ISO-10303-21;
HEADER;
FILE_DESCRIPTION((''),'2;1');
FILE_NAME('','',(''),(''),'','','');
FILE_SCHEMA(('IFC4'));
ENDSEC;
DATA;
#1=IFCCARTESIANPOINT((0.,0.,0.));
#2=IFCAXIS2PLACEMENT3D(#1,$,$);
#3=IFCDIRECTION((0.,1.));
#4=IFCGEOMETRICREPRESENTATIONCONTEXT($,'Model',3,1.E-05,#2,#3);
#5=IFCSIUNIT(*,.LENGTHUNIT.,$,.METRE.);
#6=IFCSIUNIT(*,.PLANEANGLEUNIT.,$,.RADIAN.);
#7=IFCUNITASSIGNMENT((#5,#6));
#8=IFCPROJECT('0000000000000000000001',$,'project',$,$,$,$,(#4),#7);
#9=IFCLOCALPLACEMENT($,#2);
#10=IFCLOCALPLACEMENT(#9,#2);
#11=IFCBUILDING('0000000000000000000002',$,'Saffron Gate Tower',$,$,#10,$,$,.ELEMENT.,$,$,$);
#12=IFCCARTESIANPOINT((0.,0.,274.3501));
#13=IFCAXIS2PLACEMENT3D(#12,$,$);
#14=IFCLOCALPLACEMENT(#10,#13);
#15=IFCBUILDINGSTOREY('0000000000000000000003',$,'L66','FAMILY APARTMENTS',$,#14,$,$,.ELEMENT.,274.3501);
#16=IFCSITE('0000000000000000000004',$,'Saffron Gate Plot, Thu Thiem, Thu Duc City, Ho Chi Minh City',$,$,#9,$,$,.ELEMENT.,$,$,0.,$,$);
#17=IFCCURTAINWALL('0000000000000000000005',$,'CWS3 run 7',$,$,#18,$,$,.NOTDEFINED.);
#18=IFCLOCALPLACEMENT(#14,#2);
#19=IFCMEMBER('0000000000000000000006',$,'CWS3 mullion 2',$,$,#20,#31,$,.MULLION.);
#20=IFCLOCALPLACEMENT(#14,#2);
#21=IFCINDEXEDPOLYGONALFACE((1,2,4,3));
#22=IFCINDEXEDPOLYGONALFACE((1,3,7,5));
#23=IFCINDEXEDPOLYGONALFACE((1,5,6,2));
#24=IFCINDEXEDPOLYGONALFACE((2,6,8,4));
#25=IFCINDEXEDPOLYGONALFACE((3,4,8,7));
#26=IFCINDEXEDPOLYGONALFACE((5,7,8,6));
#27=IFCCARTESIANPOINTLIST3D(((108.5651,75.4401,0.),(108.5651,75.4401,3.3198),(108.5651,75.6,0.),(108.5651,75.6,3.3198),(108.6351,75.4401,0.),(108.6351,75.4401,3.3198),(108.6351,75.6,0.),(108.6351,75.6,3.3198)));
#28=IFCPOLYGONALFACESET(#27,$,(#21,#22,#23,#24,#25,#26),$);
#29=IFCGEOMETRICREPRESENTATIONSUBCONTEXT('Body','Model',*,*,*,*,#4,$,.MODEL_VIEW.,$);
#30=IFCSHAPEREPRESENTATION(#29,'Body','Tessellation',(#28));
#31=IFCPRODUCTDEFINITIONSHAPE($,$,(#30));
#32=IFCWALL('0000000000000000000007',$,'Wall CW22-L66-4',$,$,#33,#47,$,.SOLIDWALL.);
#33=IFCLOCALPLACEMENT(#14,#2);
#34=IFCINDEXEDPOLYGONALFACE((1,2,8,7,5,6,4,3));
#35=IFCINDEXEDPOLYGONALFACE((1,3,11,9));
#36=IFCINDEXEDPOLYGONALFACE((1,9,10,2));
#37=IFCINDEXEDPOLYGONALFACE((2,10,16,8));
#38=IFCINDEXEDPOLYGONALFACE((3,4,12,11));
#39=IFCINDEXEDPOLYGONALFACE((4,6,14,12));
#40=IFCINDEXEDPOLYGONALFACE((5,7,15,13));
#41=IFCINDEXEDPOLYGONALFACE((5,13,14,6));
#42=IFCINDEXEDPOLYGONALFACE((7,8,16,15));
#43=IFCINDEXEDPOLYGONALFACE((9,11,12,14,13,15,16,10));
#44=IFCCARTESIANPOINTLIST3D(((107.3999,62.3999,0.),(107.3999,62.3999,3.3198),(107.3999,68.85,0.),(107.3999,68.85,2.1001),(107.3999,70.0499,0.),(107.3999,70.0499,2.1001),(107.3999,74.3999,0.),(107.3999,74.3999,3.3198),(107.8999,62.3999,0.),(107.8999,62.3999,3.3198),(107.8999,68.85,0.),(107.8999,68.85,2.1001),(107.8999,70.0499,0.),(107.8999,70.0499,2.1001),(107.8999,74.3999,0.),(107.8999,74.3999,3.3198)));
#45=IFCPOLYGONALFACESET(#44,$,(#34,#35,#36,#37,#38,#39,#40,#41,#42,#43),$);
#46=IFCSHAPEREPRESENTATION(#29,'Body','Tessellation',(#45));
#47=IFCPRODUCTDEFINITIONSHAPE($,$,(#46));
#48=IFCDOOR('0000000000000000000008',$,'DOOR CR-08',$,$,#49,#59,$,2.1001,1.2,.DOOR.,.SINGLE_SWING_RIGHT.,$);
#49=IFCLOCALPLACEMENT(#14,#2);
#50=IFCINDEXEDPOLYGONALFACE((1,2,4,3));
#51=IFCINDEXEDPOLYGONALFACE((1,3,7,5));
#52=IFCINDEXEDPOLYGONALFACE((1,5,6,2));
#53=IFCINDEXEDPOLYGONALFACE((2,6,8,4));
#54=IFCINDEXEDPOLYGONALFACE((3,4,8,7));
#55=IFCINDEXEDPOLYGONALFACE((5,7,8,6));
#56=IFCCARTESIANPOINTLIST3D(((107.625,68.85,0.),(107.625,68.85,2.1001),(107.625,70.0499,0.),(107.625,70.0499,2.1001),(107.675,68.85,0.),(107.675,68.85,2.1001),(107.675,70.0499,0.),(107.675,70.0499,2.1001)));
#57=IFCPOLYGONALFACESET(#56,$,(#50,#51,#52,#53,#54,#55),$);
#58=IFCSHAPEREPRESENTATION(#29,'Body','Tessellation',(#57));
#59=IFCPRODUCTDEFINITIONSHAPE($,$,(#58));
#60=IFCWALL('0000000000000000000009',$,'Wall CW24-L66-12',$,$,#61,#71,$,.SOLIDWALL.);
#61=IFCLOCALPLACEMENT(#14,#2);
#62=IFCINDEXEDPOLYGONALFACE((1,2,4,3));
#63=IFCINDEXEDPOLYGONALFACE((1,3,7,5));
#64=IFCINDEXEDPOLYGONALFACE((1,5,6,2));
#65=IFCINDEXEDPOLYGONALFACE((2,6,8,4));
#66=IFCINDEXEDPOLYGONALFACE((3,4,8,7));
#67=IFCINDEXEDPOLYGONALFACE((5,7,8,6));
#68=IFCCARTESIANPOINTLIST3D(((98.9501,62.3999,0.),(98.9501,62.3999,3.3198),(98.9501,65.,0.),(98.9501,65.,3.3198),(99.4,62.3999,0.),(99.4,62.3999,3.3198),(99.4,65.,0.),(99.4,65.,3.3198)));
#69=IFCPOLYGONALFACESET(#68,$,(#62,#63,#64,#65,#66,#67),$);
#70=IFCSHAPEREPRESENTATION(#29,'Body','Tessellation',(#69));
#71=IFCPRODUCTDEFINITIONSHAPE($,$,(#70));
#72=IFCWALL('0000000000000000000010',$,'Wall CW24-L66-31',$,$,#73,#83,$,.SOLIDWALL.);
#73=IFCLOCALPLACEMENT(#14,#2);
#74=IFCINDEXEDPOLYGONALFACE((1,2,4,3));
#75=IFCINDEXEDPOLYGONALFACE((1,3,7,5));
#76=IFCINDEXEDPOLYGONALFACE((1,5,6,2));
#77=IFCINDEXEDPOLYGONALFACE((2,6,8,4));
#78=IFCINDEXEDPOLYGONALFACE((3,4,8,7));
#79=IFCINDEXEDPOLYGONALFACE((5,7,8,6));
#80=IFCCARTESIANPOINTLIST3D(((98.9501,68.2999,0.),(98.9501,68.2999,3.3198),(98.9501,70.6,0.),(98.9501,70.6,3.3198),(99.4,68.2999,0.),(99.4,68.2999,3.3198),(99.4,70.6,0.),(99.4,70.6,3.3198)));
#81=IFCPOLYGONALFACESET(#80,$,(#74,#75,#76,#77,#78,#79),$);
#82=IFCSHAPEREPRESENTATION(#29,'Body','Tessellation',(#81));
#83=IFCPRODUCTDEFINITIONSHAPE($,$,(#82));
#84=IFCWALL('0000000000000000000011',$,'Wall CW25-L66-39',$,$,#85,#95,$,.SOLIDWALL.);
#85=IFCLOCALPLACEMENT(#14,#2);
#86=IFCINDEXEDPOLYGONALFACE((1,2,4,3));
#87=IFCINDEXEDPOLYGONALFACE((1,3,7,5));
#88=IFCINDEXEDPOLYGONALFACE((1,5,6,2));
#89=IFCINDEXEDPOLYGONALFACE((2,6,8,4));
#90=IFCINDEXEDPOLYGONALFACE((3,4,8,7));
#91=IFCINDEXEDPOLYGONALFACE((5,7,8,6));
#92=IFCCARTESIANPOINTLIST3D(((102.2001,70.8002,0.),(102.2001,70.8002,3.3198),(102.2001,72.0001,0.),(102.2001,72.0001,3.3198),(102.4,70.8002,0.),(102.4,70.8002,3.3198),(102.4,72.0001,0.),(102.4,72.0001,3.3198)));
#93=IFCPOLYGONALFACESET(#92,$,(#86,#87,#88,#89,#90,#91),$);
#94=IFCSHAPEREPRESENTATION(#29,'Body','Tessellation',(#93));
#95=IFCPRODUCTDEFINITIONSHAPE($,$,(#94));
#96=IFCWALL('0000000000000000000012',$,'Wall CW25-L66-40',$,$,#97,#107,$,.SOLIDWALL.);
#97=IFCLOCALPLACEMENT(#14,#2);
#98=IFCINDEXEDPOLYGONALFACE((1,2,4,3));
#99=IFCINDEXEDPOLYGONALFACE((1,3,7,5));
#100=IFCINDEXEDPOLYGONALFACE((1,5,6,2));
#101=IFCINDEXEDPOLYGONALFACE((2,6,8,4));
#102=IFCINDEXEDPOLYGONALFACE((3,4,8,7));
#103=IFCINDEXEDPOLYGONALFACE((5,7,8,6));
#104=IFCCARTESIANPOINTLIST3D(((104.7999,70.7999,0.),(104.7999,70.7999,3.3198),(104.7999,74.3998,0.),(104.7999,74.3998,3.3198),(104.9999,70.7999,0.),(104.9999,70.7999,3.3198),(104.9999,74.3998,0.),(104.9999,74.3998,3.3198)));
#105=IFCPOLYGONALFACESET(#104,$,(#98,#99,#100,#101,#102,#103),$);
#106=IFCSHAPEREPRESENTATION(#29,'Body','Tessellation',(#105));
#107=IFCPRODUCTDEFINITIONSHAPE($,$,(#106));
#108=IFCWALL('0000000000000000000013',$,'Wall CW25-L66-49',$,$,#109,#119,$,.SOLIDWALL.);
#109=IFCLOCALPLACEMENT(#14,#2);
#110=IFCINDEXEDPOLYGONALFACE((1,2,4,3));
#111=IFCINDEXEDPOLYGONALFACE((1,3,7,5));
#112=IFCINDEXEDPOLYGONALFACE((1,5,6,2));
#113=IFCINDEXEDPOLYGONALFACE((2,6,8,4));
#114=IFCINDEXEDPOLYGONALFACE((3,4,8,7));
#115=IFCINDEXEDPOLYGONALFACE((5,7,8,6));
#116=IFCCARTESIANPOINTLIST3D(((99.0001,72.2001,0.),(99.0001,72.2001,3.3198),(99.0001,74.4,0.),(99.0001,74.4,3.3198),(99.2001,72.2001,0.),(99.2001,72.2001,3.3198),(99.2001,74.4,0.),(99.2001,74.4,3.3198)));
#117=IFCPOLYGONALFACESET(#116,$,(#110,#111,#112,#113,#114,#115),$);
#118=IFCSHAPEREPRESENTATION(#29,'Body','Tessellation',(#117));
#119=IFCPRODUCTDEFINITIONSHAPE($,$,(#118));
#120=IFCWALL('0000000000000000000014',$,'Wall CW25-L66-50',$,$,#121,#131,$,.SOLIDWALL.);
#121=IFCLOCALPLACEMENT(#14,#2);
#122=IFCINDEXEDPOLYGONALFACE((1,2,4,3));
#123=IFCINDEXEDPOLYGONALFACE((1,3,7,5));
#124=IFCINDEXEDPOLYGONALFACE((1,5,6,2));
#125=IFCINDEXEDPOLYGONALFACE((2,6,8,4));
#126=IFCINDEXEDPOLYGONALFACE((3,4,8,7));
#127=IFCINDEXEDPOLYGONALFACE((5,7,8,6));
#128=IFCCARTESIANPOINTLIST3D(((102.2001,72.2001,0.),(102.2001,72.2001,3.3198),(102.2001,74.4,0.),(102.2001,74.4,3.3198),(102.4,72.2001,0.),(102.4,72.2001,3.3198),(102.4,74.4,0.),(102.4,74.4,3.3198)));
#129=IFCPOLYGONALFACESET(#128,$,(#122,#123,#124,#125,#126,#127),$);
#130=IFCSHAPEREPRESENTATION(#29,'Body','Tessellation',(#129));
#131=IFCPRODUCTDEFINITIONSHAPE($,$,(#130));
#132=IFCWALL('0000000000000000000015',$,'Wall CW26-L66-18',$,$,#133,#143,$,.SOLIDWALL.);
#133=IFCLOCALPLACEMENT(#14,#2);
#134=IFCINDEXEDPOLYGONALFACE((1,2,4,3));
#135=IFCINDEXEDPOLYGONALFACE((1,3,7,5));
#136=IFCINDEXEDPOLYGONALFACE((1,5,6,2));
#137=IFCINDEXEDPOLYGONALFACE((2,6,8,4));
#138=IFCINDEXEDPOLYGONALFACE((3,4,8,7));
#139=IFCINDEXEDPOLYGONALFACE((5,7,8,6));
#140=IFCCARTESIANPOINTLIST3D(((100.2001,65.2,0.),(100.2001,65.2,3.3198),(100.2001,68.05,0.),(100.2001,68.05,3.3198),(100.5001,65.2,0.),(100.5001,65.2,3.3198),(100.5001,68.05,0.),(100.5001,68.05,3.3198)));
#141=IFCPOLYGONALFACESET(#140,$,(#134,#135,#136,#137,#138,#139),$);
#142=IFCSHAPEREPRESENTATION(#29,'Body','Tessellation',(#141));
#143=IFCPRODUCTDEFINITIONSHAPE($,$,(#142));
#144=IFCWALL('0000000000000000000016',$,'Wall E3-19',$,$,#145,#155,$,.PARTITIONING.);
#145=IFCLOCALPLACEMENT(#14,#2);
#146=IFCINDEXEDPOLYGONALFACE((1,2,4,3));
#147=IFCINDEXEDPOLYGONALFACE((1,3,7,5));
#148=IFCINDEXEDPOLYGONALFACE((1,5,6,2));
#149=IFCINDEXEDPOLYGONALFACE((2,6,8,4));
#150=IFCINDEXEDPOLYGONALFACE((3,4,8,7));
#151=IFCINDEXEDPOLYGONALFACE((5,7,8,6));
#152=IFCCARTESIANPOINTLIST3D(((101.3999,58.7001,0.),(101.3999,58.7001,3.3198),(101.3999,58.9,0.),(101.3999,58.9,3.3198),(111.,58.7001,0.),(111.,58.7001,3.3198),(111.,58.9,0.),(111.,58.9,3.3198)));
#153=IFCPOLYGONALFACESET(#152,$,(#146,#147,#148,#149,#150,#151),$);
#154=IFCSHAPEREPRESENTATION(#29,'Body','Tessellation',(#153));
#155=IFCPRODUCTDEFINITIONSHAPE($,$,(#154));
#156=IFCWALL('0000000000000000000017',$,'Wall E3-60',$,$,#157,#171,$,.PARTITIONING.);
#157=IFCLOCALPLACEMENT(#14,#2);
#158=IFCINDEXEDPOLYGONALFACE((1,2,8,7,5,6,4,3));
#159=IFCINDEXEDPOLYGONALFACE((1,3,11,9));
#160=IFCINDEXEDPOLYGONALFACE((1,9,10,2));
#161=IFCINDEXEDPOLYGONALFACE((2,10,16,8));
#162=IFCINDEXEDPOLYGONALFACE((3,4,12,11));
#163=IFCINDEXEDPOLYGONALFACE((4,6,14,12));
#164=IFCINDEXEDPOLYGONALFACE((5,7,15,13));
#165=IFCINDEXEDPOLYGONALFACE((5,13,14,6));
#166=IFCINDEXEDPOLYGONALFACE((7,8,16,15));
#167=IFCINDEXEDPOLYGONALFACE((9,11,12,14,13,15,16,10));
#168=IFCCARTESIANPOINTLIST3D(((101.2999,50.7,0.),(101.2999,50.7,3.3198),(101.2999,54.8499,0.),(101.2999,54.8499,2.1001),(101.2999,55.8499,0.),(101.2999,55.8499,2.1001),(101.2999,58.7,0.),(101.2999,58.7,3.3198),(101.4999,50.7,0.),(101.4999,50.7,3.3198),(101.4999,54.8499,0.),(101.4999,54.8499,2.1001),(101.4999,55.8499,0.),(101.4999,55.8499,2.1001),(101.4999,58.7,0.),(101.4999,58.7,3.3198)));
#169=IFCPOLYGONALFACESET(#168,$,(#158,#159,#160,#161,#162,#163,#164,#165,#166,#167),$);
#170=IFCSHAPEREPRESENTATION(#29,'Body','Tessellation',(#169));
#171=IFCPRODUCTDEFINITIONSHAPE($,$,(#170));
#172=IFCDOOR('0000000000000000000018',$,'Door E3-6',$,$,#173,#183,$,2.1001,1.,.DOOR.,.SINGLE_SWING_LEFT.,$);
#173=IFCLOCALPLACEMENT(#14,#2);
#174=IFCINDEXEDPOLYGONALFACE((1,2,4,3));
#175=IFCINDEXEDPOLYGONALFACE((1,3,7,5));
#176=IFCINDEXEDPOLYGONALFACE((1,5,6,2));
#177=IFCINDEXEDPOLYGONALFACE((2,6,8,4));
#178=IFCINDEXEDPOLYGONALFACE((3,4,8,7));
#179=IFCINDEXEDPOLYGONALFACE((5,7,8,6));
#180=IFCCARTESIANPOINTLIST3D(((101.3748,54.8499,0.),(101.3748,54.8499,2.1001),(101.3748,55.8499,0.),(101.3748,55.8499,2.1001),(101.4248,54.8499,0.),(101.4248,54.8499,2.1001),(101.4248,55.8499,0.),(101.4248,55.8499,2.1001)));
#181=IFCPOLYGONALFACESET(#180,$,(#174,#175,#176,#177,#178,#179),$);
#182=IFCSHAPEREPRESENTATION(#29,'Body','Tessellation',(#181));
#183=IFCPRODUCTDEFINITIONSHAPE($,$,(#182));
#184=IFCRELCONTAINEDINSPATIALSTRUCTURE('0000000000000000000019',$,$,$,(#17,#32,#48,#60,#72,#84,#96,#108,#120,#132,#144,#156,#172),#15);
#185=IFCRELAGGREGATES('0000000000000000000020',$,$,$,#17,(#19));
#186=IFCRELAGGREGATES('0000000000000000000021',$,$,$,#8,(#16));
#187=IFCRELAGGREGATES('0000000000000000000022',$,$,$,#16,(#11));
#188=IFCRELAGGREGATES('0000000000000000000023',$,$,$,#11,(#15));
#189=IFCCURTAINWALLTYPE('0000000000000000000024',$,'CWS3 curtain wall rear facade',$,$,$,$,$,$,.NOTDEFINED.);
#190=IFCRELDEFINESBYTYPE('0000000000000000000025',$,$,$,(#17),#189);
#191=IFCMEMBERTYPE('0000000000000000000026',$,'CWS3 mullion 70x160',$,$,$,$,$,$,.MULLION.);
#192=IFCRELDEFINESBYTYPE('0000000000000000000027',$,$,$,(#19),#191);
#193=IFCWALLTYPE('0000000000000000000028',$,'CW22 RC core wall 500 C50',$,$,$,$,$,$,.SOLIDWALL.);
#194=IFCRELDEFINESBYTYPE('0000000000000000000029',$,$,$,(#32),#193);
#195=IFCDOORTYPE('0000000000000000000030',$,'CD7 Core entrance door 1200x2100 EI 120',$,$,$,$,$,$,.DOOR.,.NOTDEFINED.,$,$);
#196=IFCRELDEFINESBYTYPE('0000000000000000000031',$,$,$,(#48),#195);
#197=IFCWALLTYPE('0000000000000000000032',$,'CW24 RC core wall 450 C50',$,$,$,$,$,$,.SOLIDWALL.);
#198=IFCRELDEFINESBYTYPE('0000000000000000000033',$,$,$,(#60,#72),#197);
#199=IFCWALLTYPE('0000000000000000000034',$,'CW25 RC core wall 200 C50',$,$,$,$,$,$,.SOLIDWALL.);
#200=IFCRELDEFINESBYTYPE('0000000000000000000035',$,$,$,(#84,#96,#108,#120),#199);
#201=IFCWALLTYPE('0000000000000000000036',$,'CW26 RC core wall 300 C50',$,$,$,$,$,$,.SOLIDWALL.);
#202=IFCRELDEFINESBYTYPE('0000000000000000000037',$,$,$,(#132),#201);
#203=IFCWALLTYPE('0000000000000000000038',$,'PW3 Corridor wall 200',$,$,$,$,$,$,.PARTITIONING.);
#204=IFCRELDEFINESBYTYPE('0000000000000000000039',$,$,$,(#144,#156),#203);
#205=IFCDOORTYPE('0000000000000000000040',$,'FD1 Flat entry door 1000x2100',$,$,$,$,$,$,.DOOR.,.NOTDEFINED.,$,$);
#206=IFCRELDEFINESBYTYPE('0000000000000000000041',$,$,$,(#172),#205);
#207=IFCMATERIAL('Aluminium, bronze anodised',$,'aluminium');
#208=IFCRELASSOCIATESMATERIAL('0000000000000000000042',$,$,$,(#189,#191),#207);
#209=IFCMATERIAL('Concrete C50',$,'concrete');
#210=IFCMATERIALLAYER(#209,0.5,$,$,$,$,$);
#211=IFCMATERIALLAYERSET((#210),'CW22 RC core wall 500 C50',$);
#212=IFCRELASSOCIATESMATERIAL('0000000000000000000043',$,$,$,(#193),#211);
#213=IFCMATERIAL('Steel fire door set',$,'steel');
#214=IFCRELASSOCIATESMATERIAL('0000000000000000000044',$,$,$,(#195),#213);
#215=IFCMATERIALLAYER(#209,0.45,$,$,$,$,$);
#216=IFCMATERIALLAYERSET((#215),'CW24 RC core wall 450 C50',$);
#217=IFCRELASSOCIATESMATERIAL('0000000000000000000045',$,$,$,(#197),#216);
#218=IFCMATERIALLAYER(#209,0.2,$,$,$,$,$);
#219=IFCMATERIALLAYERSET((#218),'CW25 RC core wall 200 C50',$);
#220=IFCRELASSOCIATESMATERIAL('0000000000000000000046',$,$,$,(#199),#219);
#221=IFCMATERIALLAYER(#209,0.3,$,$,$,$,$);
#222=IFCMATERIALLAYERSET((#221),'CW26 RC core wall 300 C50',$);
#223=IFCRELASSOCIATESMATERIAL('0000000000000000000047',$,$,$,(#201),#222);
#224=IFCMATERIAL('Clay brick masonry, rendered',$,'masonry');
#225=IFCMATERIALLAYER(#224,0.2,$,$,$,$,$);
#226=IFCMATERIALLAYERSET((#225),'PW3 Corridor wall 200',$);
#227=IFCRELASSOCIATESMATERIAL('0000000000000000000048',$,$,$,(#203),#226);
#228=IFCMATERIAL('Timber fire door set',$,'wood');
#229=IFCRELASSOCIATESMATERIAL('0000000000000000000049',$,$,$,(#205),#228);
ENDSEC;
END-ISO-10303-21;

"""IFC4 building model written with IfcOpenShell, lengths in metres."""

from ifc_helpers import new_model, si_unit, direction, frame, frame_2d, origin, origin_2d, place, context, subcontext, project, spatial, rectangle, extrude, material, layer, layer_set, material_profile, profile_set, type_object, element, fill, aggregate, save


model = new_model("IFC4")

# Units and contexts
model_context = context("Model", 3, precision=1e-05, world=origin(), true_north=direction((0.0, 1.0)))
body_context = subcontext(model_context, "Body", "Model", "MODEL_VIEW")
ifc_project = project(units=[si_unit("LENGTHUNIT", "METRE"), si_unit("PLANEANGLEUNIT", "RADIAN")], contexts=[model_context])

# Site, building, storey
site_placement = place(None, origin())
site = spatial("IfcSite", under=ifc_project, at=site_placement, Name="Saffron Gate Plot, Thu Thiem, Thu Duc City, Ho Chi Minh City", CompositionType="ELEMENT", RefElevation=0.0)
building_placement = place(site_placement, origin())
building = spatial("IfcBuilding", under=site, at=building_placement, Name="Saffron Gate Tower", CompositionType="ELEMENT")
storey_placement = place(building_placement, frame((0.0, 0.0, 274.3501)))
storey = spatial("IfcBuildingStorey", under=building, at=storey_placement, Name="L66", Description="FAMILY APARTMENTS", CompositionType="ELEMENT", Elevation=274.3501)

# Curtain wall, member
ifc_material_1 = material(Name="Aluminium, bronze anodised", Category="aluminium")
curtain_wall_type = type_object("IfcCurtainWallType", Name="CWS3 curtain wall rear facade", PredefinedType="NOTDEFINED", material=ifc_material_1)
curtain_wall_placement = place(storey_placement, origin())
curtain_wall = element("IfcCurtainWall", 1, at=curtain_wall_placement, inside=storey, type_object=curtain_wall_type, Name="CWS3 run 7", PredefinedType="NOTDEFINED")
ifc_material_profile = material_profile(ifc_material_1, rectangle(XDim=0.1599, YDim=0.0701, at=origin_2d()))
ifc_profile_set = profile_set([ifc_material_profile], Name="Aluminium, bronze anodised")
member_type = type_object("IfcMemberType", Name="CWS3 mullion 70x160", PredefinedType="MULLION", material=ifc_profile_set)
member_placement = place(storey_placement, frame((108.6001, 75.52, 0.0), z_axis=(0.0, 0.0, 1.0), x_axis=(0.0, -1.0, 0.0)))
member = element("IfcMember", 2, at=member_placement, type_object=member_type, Name="CWS3 mullion 2", PredefinedType="MULLION", context=body_context, shape_type="SweptSolid", body=[
    extrude(rectangle(XDim=0.1599, YDim=0.0701, at=origin_2d()), origin(), (0.0, 0.0, 1.0), 3.3198),
])
aggregate(curtain_wall, [member])

# Wall, opening, door
ifc_material_2 = material(Name="Concrete C50", Category="concrete")
ifc_layer_1 = layer(ifc_material_2, 0.5)
ifc_layer_set_1 = layer_set([ifc_layer_1], Name="CW22 RC core wall 500 C50")
wall_type_1 = type_object("IfcWallType", Name="CW22 RC core wall 500 C50", PredefinedType="SOLIDWALL", material=ifc_layer_set_1)
wall_1_placement = place(storey_placement, frame((107.6499, 62.3999, 0.0), z_axis=(0.0, 0.0, 1.0), x_axis=(0.0, 1.0, 0.0)))
wall_1 = element("IfcWall", 3, at=wall_1_placement, inside=storey, type_object=wall_type_1, Name="Wall CW22-L66-4", PredefinedType="SOLIDWALL", context=body_context, shape_type="SweptSolid", body=[
    extrude(rectangle(XDim=12.0, YDim=0.5, at=frame_2d((6.0, 0.0))), origin(), (0.0, 0.0, 1.0), 3.3198),
])
opening_1_placement = place(wall_1_placement, frame((6.45, 0.0, 0.0)))
opening_1 = element("IfcOpeningElement", 4, at=opening_1_placement, cuts=wall_1, PredefinedType="OPENING", context=body_context, shape_type="SweptSolid", body=[
    extrude(rectangle(XDim=1.2, YDim=2.1001, at=frame_2d((0.6001, 1.05))), frame((0.0, 0.26, 0.0), z_axis=(0.0, -1.0, 0.0), x_axis=(1.0, 0.0, 0.0)), (0.0, 0.0, 1.0), 0.52),
])
ifc_material_3 = material(Name="Steel fire door set", Category="steel")
door_type_1 = type_object("IfcDoorType", Name="CD7 Core entrance door 1200x2100 EI 120", OperationType="NOTDEFINED", PredefinedType="DOOR", material=ifc_material_3)
door_1_placement = place(opening_1_placement, origin())
door_1 = element("IfcDoor", 5, at=door_1_placement, inside=storey, type_object=door_type_1, Name="DOOR CR-08", OperationType="SINGLE_SWING_RIGHT", OverallHeight=2.1001, OverallWidth=1.2, PredefinedType="DOOR", context=body_context, shape_type="SweptSolid", body=[
    extrude(rectangle(XDim=1.2, YDim=2.1001, at=frame_2d((0.6001, 1.05))), frame((0.0, 0.0249, 0.0), z_axis=(0.0, -1.0, 0.0), x_axis=(1.0, 0.0, 0.0)), (0.0, 0.0, 1.0), 0.05),
])
fill(opening_1, door_1)

# Walls
ifc_layer_2 = layer(ifc_material_2, 0.45)
ifc_layer_set_2 = layer_set([ifc_layer_2], Name="CW24 RC core wall 450 C50")
wall_type_2 = type_object("IfcWallType", Name="CW24 RC core wall 450 C50", PredefinedType="SOLIDWALL", material=ifc_layer_set_2)
wall_2_placement = place(storey_placement, frame((99.175, 62.3999, 0.0), z_axis=(0.0, 0.0, 1.0), x_axis=(0.0, 1.0, 0.0)))
element("IfcWall", 6, at=wall_2_placement, inside=storey, type_object=wall_type_2, Name="Wall CW24-L66-12", PredefinedType="SOLIDWALL", context=body_context, shape_type="SweptSolid", body=[
    extrude(rectangle(XDim=2.6001, YDim=0.45, at=frame_2d((1.3, 0.0))), origin(), (0.0, 0.0, 1.0), 3.3198),
])
wall_3_placement = place(storey_placement, frame((99.175, 68.3, 0.0), z_axis=(0.0, 0.0, 1.0), x_axis=(0.0, 1.0, 0.0)))
element("IfcWall", 7, at=wall_3_placement, inside=storey, type_object=wall_type_2, Name="Wall CW24-L66-31", PredefinedType="SOLIDWALL", context=body_context, shape_type="SweptSolid", body=[
    extrude(rectangle(XDim=2.3, YDim=0.45, at=frame_2d((1.1499, 0.0))), origin(), (0.0, 0.0, 1.0), 3.3198),
])
ifc_layer_3 = layer(ifc_material_2, 0.2)
ifc_layer_set_3 = layer_set([ifc_layer_3], Name="CW25 RC core wall 200 C50")
wall_type_3 = type_object("IfcWallType", Name="CW25 RC core wall 200 C50", PredefinedType="SOLIDWALL", material=ifc_layer_set_3)
wall_4_placement = place(storey_placement, frame((102.3, 70.8, 0.0), z_axis=(0.0, 0.0, 1.0), x_axis=(0.0, 1.0, 0.0)))
element("IfcWall", 8, at=wall_4_placement, inside=storey, type_object=wall_type_3, Name="Wall CW25-L66-39", PredefinedType="SOLIDWALL", context=body_context, shape_type="SweptSolid", body=[
    extrude(rectangle(XDim=1.2, YDim=0.2, at=frame_2d((0.6001, 0.0))), origin(), (0.0, 0.0, 1.0), 3.3198),
])
wall_5_placement = place(storey_placement, frame((104.8999, 70.8, 0.0), z_axis=(0.0, 0.0, 1.0), x_axis=(0.0, 1.0, 0.0)))
element("IfcWall", 9, at=wall_5_placement, inside=storey, type_object=wall_type_3, Name="Wall CW25-L66-40", PredefinedType="SOLIDWALL", context=body_context, shape_type="SweptSolid", body=[
    extrude(rectangle(XDim=3.5999, YDim=0.2, at=frame_2d((1.7998, 0.0))), origin(), (0.0, 0.0, 1.0), 3.3198),
])
for number, where, z_axis, x_axis, name in (
    (10, (99.1001, 72.2, 0.0), (0.0, 0.0, 1.0), (0.0, 1.0, 0.0), "Wall CW25-L66-49"),
    (11, (102.3, 72.2, 0.0), (0.0, 0.0, 1.0), (0.0, 1.0, 0.0), "Wall CW25-L66-50"),
):
    element("IfcWall", number, at=place(storey_placement, frame(where, z_axis=z_axis, x_axis=x_axis)), inside=storey, type_object=wall_type_3, Name=name, PredefinedType="SOLIDWALL", context=body_context, shape_type="SweptSolid", body=[
        extrude(rectangle(XDim=2.2, YDim=0.2, at=frame_2d((1.1001, 0.0))), origin(), (0.0, 0.0, 1.0), 3.3198),
    ])
ifc_layer_4 = layer(ifc_material_2, 0.3)
ifc_layer_set_4 = layer_set([ifc_layer_4], Name="CW26 RC core wall 300 C50")
wall_type_4 = type_object("IfcWallType", Name="CW26 RC core wall 300 C50", PredefinedType="SOLIDWALL", material=ifc_layer_set_4)
wall_6_placement = place(storey_placement, frame((100.3501, 65.2, 0.0), z_axis=(0.0, 0.0, 1.0), x_axis=(0.0, 1.0, 0.0)))
element("IfcWall", 12, at=wall_6_placement, inside=storey, type_object=wall_type_4, Name="Wall CW26-L66-18", PredefinedType="SOLIDWALL", context=body_context, shape_type="SweptSolid", body=[
    extrude(rectangle(XDim=2.8501, YDim=0.3, at=frame_2d((1.425, 0.0))), origin(), (0.0, 0.0, 1.0), 3.3198),
])
ifc_material_4 = material(Name="Clay brick masonry, rendered", Category="masonry")
ifc_layer_5 = layer(ifc_material_4, 0.2)
ifc_layer_set_5 = layer_set([ifc_layer_5], Name="PW3 Corridor wall 200")
wall_type_5 = type_object("IfcWallType", Name="PW3 Corridor wall 200", PredefinedType="PARTITIONING", material=ifc_layer_set_5)
wall_7_placement = place(storey_placement, frame((101.3999, 58.8, 0.0), z_axis=(0.0, 0.0, 1.0), x_axis=(1.0, 0.0, 0.0)))
element("IfcWall", 13, at=wall_7_placement, inside=storey, type_object=wall_type_5, Name="Wall E3-19", PredefinedType="PARTITIONING", context=body_context, shape_type="SweptSolid", body=[
    extrude(rectangle(XDim=9.6001, YDim=0.2, at=frame_2d((4.8, 0.0))), origin(), (0.0, 0.0, 1.0), 3.3198),
])

# Wall, opening, door
wall_8_placement = place(storey_placement, frame((101.3999, 58.7, 0.0), z_axis=(0.0, 0.0, 1.0), x_axis=(0.0, -1.0, 0.0)))
wall_8 = element("IfcWall", 14, at=wall_8_placement, inside=storey, type_object=wall_type_5, Name="Wall E3-60", PredefinedType="PARTITIONING", context=body_context, shape_type="SweptSolid", body=[
    extrude(rectangle(XDim=8.0, YDim=0.2, at=frame_2d((4.0, 0.0))), origin(), (0.0, 0.0, 1.0), 3.3198),
])
opening_2_placement = place(wall_8_placement, frame((2.8501, 0.0, 0.0)))
opening_2 = element("IfcOpeningElement", 15, at=opening_2_placement, cuts=wall_8, PredefinedType="OPENING", context=body_context, shape_type="SweptSolid", body=[
    extrude(rectangle(XDim=1.0, YDim=2.1001, at=frame_2d((0.5, 1.05))), frame((0.0, 0.1099, 0.0), z_axis=(0.0, -1.0, 0.0), x_axis=(1.0, 0.0, 0.0)), (0.0, 0.0, 1.0), 0.22),
])
ifc_material_5 = material(Name="Timber fire door set", Category="wood")
door_type_2 = type_object("IfcDoorType", Name="FD1 Flat entry door 1000x2100", OperationType="NOTDEFINED", PredefinedType="DOOR", material=ifc_material_5)
door_2_placement = place(opening_2_placement, origin())
door_2 = element("IfcDoor", 16, at=door_2_placement, inside=storey, type_object=door_type_2, Name="Door E3-6", OperationType="SINGLE_SWING_LEFT", OverallHeight=2.1001, OverallWidth=1.0, PredefinedType="DOOR", context=body_context, shape_type="SweptSolid", body=[
    extrude(rectangle(XDim=1.0, YDim=2.1001, at=frame_2d((0.5, 1.05))), frame((0.0, 0.0249, 0.0), z_axis=(0.0, -1.0, 0.0), x_axis=(1.0, 0.0, 0.0)), (0.0, 0.0, 1.0), 0.05),
])
fill(opening_2, door_2)

save(model, "model.ifc")
